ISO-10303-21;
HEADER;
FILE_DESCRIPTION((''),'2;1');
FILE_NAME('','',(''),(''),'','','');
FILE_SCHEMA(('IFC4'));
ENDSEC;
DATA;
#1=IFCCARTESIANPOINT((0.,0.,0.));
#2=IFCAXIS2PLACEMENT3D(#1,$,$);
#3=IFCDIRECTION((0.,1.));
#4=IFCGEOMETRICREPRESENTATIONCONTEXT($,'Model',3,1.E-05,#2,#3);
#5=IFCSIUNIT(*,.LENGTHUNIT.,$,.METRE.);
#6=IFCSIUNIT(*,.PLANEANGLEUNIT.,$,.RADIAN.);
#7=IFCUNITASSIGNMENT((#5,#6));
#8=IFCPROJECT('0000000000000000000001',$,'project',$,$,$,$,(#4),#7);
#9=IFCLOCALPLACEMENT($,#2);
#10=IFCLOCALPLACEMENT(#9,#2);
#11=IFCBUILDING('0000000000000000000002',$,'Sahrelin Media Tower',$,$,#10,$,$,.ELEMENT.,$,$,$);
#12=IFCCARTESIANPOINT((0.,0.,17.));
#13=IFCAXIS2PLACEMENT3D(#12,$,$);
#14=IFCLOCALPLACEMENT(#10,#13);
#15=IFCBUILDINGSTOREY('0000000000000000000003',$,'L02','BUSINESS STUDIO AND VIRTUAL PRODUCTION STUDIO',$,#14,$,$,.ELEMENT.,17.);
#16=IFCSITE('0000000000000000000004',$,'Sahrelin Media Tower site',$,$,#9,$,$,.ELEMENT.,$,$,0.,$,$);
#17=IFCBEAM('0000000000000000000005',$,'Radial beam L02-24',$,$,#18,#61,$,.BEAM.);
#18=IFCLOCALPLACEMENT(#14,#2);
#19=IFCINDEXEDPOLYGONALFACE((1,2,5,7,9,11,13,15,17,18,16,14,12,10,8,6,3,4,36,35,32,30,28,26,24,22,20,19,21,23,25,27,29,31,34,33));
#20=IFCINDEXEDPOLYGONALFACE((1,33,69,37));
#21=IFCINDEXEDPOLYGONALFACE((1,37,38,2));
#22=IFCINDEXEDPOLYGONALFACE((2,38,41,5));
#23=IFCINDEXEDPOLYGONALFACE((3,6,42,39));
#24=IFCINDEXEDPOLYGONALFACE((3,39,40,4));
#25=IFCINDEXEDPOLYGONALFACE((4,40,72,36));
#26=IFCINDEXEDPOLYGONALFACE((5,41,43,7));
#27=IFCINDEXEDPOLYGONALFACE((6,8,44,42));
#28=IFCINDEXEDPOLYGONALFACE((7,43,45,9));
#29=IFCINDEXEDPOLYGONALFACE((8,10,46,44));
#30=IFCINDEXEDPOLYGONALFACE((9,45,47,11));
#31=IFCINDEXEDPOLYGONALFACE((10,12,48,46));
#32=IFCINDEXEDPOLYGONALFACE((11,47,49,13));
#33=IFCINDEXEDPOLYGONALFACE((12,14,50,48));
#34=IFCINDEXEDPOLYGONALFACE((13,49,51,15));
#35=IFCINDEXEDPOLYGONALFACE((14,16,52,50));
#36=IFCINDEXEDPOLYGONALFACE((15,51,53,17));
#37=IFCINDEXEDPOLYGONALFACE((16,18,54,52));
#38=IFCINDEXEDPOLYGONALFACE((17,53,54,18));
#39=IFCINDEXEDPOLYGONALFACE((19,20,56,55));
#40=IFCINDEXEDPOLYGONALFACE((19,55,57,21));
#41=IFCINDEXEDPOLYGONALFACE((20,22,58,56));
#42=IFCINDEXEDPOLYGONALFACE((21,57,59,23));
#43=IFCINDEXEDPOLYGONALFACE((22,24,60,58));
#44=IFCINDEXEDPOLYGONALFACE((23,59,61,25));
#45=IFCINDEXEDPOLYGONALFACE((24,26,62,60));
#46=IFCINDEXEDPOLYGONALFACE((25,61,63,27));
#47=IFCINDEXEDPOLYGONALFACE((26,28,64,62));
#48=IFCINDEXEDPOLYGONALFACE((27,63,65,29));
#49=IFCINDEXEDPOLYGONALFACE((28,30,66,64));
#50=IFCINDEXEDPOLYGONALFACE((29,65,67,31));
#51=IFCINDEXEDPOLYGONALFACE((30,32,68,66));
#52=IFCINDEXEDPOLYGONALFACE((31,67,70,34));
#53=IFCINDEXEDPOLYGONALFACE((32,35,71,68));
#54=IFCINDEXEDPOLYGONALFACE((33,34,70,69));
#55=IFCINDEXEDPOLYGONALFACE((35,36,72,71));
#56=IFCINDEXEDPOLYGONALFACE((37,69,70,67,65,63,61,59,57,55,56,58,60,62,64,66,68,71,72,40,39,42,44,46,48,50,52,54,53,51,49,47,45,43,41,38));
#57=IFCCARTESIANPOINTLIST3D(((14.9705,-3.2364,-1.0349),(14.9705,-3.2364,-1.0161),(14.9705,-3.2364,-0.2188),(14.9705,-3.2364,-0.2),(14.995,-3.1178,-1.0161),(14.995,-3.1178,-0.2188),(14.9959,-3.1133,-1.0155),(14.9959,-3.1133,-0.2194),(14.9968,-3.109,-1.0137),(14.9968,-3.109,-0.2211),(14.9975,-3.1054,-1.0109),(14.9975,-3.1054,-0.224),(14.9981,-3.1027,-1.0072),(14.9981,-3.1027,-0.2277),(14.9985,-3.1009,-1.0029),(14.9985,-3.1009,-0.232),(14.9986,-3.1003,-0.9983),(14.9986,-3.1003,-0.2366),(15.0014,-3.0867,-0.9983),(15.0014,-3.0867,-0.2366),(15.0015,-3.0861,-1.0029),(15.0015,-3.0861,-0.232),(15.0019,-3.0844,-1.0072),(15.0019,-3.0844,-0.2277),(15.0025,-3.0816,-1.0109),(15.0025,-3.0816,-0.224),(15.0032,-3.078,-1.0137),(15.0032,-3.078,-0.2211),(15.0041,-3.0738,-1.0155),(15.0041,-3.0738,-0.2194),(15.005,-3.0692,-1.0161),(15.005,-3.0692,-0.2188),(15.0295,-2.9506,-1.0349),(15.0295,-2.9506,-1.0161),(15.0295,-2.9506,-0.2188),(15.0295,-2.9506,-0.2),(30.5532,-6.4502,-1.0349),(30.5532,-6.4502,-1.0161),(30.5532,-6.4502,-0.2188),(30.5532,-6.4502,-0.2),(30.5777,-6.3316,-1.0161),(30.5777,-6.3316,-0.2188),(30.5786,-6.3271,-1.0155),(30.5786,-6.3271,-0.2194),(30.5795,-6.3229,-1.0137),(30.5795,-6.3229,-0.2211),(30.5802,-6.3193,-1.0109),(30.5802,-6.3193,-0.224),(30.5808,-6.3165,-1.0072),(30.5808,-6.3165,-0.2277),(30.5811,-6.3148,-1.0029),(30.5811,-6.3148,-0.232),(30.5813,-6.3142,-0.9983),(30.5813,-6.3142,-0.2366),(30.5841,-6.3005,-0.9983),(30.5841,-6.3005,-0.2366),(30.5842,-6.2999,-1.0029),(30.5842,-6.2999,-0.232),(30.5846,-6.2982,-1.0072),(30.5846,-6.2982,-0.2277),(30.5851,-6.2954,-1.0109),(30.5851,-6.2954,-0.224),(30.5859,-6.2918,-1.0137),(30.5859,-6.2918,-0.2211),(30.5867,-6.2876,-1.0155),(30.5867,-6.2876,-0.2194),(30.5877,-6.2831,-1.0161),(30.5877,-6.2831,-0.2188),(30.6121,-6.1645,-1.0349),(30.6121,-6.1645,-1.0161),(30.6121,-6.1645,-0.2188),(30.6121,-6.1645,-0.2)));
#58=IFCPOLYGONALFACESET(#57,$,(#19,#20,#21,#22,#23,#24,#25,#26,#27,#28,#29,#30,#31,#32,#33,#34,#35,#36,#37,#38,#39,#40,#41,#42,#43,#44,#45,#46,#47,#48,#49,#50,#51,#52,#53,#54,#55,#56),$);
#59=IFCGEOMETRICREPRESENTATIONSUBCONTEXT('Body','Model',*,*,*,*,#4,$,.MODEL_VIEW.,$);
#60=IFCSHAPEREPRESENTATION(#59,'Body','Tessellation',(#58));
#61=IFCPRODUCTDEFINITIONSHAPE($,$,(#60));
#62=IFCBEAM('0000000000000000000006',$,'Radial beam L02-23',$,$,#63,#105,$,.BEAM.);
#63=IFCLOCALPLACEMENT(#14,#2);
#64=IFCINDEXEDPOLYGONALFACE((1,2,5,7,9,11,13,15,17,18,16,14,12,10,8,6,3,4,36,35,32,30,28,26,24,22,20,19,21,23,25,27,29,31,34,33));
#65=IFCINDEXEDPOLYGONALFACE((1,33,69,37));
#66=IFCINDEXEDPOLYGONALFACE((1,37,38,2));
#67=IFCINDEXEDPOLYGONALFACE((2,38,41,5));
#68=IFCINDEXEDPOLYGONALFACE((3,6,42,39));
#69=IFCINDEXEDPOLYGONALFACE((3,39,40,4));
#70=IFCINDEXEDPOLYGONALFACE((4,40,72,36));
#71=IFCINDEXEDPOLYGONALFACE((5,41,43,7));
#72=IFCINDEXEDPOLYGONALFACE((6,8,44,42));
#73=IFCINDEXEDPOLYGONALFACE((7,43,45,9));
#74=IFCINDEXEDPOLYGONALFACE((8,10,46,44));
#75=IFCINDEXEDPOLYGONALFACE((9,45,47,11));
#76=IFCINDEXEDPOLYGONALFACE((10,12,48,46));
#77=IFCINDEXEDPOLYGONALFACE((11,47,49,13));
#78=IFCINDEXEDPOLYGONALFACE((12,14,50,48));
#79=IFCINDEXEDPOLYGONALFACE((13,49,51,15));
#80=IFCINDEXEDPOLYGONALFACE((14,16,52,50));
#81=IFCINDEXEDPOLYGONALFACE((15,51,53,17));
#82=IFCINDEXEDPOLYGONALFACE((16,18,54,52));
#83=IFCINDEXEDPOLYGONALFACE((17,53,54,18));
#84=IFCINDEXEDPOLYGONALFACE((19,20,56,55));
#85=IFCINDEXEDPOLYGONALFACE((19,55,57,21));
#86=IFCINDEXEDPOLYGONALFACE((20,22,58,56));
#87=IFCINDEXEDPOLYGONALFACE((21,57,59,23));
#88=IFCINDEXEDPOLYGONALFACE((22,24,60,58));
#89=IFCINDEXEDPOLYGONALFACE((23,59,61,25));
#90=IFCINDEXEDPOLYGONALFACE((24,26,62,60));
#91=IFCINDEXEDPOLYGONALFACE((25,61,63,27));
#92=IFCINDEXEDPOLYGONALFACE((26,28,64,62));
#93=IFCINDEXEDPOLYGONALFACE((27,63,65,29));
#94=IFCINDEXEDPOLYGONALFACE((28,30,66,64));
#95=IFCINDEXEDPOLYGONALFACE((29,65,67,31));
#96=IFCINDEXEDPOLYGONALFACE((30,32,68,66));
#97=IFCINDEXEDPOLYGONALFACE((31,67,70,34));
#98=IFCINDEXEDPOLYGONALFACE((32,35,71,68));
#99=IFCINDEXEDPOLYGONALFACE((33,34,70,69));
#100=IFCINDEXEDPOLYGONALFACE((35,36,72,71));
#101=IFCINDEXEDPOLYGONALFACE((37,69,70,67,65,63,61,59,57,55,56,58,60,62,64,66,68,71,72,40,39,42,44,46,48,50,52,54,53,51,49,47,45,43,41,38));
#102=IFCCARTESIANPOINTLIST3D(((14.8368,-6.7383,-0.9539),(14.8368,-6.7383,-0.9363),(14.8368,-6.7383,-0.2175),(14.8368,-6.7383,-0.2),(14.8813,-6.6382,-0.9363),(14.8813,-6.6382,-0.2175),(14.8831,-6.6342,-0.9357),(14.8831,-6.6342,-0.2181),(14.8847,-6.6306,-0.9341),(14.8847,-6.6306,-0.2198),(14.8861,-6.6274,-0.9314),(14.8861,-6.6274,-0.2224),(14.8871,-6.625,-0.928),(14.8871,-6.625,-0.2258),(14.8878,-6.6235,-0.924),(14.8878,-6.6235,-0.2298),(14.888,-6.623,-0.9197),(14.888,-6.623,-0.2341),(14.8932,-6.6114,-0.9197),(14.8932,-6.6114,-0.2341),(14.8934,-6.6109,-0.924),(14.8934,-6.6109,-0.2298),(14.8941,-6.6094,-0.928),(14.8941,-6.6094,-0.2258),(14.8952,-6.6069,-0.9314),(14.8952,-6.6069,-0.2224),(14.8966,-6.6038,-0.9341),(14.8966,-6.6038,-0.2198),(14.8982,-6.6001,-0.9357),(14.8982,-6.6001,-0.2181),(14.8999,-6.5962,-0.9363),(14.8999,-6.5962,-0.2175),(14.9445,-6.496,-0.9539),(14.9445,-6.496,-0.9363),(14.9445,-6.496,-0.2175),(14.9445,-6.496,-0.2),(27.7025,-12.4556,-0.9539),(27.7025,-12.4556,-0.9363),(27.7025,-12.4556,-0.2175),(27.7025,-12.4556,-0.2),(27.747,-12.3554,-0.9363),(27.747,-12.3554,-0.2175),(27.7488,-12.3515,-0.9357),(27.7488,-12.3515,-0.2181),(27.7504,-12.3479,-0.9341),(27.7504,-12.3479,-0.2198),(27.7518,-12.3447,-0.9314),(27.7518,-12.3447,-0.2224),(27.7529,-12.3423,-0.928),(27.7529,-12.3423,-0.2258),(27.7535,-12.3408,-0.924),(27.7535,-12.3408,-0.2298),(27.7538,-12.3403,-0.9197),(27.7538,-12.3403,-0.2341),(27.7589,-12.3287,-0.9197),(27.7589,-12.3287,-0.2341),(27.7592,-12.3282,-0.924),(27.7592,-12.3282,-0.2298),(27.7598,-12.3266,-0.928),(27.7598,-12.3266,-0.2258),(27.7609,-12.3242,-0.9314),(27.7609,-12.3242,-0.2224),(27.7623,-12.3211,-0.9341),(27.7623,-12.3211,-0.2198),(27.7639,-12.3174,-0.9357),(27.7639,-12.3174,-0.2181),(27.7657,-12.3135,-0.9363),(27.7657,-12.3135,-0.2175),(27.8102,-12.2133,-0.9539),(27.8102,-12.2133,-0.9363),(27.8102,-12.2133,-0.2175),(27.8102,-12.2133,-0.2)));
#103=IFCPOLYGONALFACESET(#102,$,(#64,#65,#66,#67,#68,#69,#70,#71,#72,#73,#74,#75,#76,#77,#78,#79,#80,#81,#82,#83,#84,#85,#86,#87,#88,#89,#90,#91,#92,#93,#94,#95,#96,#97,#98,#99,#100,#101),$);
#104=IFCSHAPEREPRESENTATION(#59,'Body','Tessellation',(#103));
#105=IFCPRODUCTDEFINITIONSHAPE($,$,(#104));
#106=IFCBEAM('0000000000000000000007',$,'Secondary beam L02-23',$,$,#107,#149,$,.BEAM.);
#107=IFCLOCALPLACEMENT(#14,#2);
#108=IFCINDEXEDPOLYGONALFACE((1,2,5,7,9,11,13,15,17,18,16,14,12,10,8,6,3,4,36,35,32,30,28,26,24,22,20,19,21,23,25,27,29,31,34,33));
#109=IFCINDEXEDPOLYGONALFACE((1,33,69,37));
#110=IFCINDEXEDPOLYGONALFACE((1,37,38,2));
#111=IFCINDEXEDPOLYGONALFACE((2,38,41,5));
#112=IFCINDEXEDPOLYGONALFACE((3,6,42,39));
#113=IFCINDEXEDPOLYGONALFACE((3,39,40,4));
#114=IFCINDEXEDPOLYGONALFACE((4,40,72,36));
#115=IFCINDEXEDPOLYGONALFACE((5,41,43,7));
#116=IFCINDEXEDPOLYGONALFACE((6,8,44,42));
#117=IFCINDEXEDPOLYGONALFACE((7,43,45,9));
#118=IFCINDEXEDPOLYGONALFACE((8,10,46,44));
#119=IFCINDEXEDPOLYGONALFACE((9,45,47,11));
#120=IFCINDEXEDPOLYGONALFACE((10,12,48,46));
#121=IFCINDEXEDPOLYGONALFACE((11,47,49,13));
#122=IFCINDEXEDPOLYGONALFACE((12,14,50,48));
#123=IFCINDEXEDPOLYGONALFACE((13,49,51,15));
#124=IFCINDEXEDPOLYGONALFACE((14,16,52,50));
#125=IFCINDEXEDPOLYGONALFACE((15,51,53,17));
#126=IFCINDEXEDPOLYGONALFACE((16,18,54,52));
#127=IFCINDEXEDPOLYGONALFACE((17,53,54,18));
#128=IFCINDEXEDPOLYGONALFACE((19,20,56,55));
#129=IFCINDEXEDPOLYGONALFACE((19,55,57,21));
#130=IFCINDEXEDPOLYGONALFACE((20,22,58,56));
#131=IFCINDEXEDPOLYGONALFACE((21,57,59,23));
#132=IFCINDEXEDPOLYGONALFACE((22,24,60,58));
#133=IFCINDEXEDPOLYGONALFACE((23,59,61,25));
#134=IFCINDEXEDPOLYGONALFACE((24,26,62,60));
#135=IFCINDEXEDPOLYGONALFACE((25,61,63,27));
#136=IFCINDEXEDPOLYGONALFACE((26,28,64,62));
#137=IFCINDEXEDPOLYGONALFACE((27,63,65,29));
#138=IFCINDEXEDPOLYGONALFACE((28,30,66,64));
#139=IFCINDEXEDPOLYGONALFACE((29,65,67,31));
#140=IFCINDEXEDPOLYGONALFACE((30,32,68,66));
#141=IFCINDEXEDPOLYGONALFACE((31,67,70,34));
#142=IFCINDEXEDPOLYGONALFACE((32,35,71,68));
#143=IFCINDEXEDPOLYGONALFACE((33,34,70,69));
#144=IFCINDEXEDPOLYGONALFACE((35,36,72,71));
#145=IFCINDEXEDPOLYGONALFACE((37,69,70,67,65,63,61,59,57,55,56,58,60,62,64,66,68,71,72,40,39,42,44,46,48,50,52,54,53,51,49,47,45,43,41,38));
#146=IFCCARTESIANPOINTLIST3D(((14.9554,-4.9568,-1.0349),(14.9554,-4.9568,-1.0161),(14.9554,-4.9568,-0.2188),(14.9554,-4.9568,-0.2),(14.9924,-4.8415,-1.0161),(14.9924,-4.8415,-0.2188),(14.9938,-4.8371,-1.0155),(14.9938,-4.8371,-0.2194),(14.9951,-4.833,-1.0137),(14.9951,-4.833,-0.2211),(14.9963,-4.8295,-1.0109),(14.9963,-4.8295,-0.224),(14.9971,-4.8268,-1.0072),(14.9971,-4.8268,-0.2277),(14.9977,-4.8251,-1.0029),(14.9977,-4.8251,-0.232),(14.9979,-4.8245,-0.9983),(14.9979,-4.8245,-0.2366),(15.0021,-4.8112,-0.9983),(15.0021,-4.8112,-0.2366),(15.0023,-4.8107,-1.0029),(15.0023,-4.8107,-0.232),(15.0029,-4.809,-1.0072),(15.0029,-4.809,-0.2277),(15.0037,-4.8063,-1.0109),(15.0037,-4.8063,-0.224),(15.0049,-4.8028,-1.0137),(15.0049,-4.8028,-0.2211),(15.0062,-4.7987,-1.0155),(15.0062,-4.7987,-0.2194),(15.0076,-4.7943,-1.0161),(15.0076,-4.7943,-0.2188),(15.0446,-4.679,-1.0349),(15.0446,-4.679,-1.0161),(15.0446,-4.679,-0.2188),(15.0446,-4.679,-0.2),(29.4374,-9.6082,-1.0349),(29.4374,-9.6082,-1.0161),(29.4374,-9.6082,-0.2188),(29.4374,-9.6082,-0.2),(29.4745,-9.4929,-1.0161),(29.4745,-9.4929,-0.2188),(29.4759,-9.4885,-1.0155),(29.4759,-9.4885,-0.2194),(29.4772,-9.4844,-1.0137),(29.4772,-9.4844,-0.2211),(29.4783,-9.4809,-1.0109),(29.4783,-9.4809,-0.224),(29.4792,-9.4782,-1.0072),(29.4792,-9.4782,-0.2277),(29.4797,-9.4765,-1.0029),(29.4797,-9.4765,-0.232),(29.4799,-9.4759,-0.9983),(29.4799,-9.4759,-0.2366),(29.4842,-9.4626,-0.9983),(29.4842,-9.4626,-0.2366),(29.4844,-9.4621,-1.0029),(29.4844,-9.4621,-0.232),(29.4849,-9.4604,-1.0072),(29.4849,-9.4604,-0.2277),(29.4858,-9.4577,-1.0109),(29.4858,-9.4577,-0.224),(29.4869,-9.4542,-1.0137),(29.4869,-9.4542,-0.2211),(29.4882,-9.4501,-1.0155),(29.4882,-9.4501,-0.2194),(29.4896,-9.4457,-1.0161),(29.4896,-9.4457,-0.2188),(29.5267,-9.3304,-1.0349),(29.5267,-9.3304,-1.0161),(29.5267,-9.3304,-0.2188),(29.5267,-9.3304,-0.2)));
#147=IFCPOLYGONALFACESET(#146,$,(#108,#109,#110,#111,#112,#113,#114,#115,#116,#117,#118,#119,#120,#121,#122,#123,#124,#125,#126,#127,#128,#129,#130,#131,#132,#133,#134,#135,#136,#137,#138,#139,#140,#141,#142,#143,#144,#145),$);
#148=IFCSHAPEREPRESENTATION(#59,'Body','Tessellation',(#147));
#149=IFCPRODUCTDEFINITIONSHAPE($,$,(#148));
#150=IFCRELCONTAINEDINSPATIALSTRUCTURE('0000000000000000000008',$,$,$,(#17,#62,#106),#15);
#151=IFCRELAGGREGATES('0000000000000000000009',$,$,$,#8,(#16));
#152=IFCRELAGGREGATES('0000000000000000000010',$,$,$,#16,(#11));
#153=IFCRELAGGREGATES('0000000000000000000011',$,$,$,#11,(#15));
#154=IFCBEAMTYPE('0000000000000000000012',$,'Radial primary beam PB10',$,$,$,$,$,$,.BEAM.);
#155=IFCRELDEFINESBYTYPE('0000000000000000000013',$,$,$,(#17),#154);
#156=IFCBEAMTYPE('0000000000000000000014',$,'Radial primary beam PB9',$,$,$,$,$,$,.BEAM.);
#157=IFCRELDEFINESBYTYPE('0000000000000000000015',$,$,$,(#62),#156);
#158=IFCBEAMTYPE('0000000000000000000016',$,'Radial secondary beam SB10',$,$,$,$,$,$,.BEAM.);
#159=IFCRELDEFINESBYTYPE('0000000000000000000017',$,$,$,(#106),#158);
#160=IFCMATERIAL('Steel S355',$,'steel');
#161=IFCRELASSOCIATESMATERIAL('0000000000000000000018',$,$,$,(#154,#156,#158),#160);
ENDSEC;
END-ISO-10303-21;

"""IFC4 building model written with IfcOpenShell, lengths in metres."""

from ifc_helpers import new_model, si_unit, direction, frame, origin, origin_2d, place, context, subcontext, project, spatial, i_section, extrude, material, material_profile, profile_set, type_object, element, save


model = new_model("IFC4")

# Units and contexts
model_context = context("Model", 3, precision=1e-05, world=origin(), true_north=direction((0.0, 1.0)))
body_context = subcontext(model_context, "Body", "Model", "MODEL_VIEW")
ifc_project = project(units=[si_unit("LENGTHUNIT", "METRE"), si_unit("PLANEANGLEUNIT", "RADIAN")], contexts=[model_context])

# Site, building, storey
site_placement = place(None, origin())
site = spatial("IfcSite", under=ifc_project, at=site_placement, Name="Sahrelin Media Tower site", CompositionType="ELEMENT", RefElevation=0.0)
building_placement = place(site_placement, origin())
building = spatial("IfcBuilding", under=site, at=building_placement, Name="Sahrelin Media Tower", CompositionType="ELEMENT")
storey_placement = place(building_placement, frame((0.0, 0.0, 17.0)))
storey = spatial("IfcBuildingStorey", under=building, at=storey_placement, Name="L02", Description="BUSINESS STUDIO AND VIRTUAL PRODUCTION STUDIO", CompositionType="ELEMENT", Elevation=17.0)

# Beams
ifc_material_1 = material(Name="Steel S355", Category="steel")
ifc_material_profile_1 = material_profile(ifc_material_1, i_section(OverallWidth=0.2917, OverallDepth=0.835, WebThickness=0.0139, FlangeThickness=0.0188, FilletRadius=0.0178, at=origin_2d()), Name="UB 838x292x176")
ifc_profile_set_1 = profile_set([ifc_material_profile_1], Name="Steel S355")
beam_type_1 = type_object("IfcBeamType", Name="Radial primary beam PB10", PredefinedType="BEAM", material=ifc_profile_set_1)
beam_1_placement = place(storey_placement, frame((15.0, -3.0935, -0.6174), z_axis=(0.979387, -0.201994, 0.0), x_axis=(0.201994, 0.979387, 0.0)))
element("IfcBeam", 1, at=beam_1_placement, inside=storey, type_object=beam_type_1, Name="Radial beam L02-24", PredefinedType="BEAM", context=body_context, shape_type="SweptSolid", body=[
    extrude(i_section(OverallWidth=0.2917, OverallDepth=0.835, WebThickness=0.0139, FlangeThickness=0.0188, FilletRadius=0.0178, at=origin_2d()), origin(), (0.0, 0.0, 1.0), 15.9106),
])
ifc_material_profile_2 = material_profile(ifc_material_1, i_section(OverallWidth=0.2651, OverallDepth=0.7539, WebThickness=0.0127, FlangeThickness=0.0176, FilletRadius=0.0166, at=origin_2d()), Name="UB 762x267x147")
ifc_profile_set_2 = profile_set([ifc_material_profile_2], Name="Steel S355")
beam_type_2 = type_object("IfcBeamType", Name="Radial primary beam PB9", PredefinedType="BEAM", material=ifc_profile_set_2)
beam_2_placement = place(storey_placement, frame((14.8906, -6.6172, -0.5769), z_axis=(0.913833, -0.40609, 0.0), x_axis=(0.40609, 0.913833, 0.0)))
element("IfcBeam", 2, at=beam_2_placement, inside=storey, type_object=beam_type_2, Name="Radial beam L02-23", PredefinedType="BEAM", context=body_context, shape_type="SweptSolid", body=[
    extrude(i_section(OverallWidth=0.2651, OverallDepth=0.7539, WebThickness=0.0127, FlangeThickness=0.0176, FilletRadius=0.0166, at=origin_2d()), origin(), (0.0, 0.0, 1.0), 14.0789),
])
ifc_material_profile_3 = material_profile(ifc_material_1, i_section(OverallWidth=0.2917, OverallDepth=0.835, WebThickness=0.0139, FlangeThickness=0.0188, FilletRadius=0.0178, at=origin_2d()), Name="UB 838x292x176")
ifc_profile_set_3 = profile_set([ifc_material_profile_3], Name="Steel S355")
beam_type_3 = type_object("IfcBeamType", Name="Radial secondary beam SB10", PredefinedType="BEAM", material=ifc_profile_set_3)
beam_3_placement = place(storey_placement, frame((15.0, -4.8179, -0.6174), z_axis=(0.952096, -0.305798, 0.0), x_axis=(0.305798, 0.952096, 0.0)))
element("IfcBeam", 3, at=beam_3_placement, inside=storey, type_object=beam_type_3, Name="Secondary beam L02-23", PredefinedType="BEAM", context=body_context, shape_type="SweptSolid", body=[
    extrude(i_section(OverallWidth=0.2917, OverallDepth=0.835, WebThickness=0.0139, FlangeThickness=0.0188, FilletRadius=0.0178, at=origin_2d()), origin(), (0.0, 0.0, 1.0), 15.2107),
])

save(model, "model.ifc")
